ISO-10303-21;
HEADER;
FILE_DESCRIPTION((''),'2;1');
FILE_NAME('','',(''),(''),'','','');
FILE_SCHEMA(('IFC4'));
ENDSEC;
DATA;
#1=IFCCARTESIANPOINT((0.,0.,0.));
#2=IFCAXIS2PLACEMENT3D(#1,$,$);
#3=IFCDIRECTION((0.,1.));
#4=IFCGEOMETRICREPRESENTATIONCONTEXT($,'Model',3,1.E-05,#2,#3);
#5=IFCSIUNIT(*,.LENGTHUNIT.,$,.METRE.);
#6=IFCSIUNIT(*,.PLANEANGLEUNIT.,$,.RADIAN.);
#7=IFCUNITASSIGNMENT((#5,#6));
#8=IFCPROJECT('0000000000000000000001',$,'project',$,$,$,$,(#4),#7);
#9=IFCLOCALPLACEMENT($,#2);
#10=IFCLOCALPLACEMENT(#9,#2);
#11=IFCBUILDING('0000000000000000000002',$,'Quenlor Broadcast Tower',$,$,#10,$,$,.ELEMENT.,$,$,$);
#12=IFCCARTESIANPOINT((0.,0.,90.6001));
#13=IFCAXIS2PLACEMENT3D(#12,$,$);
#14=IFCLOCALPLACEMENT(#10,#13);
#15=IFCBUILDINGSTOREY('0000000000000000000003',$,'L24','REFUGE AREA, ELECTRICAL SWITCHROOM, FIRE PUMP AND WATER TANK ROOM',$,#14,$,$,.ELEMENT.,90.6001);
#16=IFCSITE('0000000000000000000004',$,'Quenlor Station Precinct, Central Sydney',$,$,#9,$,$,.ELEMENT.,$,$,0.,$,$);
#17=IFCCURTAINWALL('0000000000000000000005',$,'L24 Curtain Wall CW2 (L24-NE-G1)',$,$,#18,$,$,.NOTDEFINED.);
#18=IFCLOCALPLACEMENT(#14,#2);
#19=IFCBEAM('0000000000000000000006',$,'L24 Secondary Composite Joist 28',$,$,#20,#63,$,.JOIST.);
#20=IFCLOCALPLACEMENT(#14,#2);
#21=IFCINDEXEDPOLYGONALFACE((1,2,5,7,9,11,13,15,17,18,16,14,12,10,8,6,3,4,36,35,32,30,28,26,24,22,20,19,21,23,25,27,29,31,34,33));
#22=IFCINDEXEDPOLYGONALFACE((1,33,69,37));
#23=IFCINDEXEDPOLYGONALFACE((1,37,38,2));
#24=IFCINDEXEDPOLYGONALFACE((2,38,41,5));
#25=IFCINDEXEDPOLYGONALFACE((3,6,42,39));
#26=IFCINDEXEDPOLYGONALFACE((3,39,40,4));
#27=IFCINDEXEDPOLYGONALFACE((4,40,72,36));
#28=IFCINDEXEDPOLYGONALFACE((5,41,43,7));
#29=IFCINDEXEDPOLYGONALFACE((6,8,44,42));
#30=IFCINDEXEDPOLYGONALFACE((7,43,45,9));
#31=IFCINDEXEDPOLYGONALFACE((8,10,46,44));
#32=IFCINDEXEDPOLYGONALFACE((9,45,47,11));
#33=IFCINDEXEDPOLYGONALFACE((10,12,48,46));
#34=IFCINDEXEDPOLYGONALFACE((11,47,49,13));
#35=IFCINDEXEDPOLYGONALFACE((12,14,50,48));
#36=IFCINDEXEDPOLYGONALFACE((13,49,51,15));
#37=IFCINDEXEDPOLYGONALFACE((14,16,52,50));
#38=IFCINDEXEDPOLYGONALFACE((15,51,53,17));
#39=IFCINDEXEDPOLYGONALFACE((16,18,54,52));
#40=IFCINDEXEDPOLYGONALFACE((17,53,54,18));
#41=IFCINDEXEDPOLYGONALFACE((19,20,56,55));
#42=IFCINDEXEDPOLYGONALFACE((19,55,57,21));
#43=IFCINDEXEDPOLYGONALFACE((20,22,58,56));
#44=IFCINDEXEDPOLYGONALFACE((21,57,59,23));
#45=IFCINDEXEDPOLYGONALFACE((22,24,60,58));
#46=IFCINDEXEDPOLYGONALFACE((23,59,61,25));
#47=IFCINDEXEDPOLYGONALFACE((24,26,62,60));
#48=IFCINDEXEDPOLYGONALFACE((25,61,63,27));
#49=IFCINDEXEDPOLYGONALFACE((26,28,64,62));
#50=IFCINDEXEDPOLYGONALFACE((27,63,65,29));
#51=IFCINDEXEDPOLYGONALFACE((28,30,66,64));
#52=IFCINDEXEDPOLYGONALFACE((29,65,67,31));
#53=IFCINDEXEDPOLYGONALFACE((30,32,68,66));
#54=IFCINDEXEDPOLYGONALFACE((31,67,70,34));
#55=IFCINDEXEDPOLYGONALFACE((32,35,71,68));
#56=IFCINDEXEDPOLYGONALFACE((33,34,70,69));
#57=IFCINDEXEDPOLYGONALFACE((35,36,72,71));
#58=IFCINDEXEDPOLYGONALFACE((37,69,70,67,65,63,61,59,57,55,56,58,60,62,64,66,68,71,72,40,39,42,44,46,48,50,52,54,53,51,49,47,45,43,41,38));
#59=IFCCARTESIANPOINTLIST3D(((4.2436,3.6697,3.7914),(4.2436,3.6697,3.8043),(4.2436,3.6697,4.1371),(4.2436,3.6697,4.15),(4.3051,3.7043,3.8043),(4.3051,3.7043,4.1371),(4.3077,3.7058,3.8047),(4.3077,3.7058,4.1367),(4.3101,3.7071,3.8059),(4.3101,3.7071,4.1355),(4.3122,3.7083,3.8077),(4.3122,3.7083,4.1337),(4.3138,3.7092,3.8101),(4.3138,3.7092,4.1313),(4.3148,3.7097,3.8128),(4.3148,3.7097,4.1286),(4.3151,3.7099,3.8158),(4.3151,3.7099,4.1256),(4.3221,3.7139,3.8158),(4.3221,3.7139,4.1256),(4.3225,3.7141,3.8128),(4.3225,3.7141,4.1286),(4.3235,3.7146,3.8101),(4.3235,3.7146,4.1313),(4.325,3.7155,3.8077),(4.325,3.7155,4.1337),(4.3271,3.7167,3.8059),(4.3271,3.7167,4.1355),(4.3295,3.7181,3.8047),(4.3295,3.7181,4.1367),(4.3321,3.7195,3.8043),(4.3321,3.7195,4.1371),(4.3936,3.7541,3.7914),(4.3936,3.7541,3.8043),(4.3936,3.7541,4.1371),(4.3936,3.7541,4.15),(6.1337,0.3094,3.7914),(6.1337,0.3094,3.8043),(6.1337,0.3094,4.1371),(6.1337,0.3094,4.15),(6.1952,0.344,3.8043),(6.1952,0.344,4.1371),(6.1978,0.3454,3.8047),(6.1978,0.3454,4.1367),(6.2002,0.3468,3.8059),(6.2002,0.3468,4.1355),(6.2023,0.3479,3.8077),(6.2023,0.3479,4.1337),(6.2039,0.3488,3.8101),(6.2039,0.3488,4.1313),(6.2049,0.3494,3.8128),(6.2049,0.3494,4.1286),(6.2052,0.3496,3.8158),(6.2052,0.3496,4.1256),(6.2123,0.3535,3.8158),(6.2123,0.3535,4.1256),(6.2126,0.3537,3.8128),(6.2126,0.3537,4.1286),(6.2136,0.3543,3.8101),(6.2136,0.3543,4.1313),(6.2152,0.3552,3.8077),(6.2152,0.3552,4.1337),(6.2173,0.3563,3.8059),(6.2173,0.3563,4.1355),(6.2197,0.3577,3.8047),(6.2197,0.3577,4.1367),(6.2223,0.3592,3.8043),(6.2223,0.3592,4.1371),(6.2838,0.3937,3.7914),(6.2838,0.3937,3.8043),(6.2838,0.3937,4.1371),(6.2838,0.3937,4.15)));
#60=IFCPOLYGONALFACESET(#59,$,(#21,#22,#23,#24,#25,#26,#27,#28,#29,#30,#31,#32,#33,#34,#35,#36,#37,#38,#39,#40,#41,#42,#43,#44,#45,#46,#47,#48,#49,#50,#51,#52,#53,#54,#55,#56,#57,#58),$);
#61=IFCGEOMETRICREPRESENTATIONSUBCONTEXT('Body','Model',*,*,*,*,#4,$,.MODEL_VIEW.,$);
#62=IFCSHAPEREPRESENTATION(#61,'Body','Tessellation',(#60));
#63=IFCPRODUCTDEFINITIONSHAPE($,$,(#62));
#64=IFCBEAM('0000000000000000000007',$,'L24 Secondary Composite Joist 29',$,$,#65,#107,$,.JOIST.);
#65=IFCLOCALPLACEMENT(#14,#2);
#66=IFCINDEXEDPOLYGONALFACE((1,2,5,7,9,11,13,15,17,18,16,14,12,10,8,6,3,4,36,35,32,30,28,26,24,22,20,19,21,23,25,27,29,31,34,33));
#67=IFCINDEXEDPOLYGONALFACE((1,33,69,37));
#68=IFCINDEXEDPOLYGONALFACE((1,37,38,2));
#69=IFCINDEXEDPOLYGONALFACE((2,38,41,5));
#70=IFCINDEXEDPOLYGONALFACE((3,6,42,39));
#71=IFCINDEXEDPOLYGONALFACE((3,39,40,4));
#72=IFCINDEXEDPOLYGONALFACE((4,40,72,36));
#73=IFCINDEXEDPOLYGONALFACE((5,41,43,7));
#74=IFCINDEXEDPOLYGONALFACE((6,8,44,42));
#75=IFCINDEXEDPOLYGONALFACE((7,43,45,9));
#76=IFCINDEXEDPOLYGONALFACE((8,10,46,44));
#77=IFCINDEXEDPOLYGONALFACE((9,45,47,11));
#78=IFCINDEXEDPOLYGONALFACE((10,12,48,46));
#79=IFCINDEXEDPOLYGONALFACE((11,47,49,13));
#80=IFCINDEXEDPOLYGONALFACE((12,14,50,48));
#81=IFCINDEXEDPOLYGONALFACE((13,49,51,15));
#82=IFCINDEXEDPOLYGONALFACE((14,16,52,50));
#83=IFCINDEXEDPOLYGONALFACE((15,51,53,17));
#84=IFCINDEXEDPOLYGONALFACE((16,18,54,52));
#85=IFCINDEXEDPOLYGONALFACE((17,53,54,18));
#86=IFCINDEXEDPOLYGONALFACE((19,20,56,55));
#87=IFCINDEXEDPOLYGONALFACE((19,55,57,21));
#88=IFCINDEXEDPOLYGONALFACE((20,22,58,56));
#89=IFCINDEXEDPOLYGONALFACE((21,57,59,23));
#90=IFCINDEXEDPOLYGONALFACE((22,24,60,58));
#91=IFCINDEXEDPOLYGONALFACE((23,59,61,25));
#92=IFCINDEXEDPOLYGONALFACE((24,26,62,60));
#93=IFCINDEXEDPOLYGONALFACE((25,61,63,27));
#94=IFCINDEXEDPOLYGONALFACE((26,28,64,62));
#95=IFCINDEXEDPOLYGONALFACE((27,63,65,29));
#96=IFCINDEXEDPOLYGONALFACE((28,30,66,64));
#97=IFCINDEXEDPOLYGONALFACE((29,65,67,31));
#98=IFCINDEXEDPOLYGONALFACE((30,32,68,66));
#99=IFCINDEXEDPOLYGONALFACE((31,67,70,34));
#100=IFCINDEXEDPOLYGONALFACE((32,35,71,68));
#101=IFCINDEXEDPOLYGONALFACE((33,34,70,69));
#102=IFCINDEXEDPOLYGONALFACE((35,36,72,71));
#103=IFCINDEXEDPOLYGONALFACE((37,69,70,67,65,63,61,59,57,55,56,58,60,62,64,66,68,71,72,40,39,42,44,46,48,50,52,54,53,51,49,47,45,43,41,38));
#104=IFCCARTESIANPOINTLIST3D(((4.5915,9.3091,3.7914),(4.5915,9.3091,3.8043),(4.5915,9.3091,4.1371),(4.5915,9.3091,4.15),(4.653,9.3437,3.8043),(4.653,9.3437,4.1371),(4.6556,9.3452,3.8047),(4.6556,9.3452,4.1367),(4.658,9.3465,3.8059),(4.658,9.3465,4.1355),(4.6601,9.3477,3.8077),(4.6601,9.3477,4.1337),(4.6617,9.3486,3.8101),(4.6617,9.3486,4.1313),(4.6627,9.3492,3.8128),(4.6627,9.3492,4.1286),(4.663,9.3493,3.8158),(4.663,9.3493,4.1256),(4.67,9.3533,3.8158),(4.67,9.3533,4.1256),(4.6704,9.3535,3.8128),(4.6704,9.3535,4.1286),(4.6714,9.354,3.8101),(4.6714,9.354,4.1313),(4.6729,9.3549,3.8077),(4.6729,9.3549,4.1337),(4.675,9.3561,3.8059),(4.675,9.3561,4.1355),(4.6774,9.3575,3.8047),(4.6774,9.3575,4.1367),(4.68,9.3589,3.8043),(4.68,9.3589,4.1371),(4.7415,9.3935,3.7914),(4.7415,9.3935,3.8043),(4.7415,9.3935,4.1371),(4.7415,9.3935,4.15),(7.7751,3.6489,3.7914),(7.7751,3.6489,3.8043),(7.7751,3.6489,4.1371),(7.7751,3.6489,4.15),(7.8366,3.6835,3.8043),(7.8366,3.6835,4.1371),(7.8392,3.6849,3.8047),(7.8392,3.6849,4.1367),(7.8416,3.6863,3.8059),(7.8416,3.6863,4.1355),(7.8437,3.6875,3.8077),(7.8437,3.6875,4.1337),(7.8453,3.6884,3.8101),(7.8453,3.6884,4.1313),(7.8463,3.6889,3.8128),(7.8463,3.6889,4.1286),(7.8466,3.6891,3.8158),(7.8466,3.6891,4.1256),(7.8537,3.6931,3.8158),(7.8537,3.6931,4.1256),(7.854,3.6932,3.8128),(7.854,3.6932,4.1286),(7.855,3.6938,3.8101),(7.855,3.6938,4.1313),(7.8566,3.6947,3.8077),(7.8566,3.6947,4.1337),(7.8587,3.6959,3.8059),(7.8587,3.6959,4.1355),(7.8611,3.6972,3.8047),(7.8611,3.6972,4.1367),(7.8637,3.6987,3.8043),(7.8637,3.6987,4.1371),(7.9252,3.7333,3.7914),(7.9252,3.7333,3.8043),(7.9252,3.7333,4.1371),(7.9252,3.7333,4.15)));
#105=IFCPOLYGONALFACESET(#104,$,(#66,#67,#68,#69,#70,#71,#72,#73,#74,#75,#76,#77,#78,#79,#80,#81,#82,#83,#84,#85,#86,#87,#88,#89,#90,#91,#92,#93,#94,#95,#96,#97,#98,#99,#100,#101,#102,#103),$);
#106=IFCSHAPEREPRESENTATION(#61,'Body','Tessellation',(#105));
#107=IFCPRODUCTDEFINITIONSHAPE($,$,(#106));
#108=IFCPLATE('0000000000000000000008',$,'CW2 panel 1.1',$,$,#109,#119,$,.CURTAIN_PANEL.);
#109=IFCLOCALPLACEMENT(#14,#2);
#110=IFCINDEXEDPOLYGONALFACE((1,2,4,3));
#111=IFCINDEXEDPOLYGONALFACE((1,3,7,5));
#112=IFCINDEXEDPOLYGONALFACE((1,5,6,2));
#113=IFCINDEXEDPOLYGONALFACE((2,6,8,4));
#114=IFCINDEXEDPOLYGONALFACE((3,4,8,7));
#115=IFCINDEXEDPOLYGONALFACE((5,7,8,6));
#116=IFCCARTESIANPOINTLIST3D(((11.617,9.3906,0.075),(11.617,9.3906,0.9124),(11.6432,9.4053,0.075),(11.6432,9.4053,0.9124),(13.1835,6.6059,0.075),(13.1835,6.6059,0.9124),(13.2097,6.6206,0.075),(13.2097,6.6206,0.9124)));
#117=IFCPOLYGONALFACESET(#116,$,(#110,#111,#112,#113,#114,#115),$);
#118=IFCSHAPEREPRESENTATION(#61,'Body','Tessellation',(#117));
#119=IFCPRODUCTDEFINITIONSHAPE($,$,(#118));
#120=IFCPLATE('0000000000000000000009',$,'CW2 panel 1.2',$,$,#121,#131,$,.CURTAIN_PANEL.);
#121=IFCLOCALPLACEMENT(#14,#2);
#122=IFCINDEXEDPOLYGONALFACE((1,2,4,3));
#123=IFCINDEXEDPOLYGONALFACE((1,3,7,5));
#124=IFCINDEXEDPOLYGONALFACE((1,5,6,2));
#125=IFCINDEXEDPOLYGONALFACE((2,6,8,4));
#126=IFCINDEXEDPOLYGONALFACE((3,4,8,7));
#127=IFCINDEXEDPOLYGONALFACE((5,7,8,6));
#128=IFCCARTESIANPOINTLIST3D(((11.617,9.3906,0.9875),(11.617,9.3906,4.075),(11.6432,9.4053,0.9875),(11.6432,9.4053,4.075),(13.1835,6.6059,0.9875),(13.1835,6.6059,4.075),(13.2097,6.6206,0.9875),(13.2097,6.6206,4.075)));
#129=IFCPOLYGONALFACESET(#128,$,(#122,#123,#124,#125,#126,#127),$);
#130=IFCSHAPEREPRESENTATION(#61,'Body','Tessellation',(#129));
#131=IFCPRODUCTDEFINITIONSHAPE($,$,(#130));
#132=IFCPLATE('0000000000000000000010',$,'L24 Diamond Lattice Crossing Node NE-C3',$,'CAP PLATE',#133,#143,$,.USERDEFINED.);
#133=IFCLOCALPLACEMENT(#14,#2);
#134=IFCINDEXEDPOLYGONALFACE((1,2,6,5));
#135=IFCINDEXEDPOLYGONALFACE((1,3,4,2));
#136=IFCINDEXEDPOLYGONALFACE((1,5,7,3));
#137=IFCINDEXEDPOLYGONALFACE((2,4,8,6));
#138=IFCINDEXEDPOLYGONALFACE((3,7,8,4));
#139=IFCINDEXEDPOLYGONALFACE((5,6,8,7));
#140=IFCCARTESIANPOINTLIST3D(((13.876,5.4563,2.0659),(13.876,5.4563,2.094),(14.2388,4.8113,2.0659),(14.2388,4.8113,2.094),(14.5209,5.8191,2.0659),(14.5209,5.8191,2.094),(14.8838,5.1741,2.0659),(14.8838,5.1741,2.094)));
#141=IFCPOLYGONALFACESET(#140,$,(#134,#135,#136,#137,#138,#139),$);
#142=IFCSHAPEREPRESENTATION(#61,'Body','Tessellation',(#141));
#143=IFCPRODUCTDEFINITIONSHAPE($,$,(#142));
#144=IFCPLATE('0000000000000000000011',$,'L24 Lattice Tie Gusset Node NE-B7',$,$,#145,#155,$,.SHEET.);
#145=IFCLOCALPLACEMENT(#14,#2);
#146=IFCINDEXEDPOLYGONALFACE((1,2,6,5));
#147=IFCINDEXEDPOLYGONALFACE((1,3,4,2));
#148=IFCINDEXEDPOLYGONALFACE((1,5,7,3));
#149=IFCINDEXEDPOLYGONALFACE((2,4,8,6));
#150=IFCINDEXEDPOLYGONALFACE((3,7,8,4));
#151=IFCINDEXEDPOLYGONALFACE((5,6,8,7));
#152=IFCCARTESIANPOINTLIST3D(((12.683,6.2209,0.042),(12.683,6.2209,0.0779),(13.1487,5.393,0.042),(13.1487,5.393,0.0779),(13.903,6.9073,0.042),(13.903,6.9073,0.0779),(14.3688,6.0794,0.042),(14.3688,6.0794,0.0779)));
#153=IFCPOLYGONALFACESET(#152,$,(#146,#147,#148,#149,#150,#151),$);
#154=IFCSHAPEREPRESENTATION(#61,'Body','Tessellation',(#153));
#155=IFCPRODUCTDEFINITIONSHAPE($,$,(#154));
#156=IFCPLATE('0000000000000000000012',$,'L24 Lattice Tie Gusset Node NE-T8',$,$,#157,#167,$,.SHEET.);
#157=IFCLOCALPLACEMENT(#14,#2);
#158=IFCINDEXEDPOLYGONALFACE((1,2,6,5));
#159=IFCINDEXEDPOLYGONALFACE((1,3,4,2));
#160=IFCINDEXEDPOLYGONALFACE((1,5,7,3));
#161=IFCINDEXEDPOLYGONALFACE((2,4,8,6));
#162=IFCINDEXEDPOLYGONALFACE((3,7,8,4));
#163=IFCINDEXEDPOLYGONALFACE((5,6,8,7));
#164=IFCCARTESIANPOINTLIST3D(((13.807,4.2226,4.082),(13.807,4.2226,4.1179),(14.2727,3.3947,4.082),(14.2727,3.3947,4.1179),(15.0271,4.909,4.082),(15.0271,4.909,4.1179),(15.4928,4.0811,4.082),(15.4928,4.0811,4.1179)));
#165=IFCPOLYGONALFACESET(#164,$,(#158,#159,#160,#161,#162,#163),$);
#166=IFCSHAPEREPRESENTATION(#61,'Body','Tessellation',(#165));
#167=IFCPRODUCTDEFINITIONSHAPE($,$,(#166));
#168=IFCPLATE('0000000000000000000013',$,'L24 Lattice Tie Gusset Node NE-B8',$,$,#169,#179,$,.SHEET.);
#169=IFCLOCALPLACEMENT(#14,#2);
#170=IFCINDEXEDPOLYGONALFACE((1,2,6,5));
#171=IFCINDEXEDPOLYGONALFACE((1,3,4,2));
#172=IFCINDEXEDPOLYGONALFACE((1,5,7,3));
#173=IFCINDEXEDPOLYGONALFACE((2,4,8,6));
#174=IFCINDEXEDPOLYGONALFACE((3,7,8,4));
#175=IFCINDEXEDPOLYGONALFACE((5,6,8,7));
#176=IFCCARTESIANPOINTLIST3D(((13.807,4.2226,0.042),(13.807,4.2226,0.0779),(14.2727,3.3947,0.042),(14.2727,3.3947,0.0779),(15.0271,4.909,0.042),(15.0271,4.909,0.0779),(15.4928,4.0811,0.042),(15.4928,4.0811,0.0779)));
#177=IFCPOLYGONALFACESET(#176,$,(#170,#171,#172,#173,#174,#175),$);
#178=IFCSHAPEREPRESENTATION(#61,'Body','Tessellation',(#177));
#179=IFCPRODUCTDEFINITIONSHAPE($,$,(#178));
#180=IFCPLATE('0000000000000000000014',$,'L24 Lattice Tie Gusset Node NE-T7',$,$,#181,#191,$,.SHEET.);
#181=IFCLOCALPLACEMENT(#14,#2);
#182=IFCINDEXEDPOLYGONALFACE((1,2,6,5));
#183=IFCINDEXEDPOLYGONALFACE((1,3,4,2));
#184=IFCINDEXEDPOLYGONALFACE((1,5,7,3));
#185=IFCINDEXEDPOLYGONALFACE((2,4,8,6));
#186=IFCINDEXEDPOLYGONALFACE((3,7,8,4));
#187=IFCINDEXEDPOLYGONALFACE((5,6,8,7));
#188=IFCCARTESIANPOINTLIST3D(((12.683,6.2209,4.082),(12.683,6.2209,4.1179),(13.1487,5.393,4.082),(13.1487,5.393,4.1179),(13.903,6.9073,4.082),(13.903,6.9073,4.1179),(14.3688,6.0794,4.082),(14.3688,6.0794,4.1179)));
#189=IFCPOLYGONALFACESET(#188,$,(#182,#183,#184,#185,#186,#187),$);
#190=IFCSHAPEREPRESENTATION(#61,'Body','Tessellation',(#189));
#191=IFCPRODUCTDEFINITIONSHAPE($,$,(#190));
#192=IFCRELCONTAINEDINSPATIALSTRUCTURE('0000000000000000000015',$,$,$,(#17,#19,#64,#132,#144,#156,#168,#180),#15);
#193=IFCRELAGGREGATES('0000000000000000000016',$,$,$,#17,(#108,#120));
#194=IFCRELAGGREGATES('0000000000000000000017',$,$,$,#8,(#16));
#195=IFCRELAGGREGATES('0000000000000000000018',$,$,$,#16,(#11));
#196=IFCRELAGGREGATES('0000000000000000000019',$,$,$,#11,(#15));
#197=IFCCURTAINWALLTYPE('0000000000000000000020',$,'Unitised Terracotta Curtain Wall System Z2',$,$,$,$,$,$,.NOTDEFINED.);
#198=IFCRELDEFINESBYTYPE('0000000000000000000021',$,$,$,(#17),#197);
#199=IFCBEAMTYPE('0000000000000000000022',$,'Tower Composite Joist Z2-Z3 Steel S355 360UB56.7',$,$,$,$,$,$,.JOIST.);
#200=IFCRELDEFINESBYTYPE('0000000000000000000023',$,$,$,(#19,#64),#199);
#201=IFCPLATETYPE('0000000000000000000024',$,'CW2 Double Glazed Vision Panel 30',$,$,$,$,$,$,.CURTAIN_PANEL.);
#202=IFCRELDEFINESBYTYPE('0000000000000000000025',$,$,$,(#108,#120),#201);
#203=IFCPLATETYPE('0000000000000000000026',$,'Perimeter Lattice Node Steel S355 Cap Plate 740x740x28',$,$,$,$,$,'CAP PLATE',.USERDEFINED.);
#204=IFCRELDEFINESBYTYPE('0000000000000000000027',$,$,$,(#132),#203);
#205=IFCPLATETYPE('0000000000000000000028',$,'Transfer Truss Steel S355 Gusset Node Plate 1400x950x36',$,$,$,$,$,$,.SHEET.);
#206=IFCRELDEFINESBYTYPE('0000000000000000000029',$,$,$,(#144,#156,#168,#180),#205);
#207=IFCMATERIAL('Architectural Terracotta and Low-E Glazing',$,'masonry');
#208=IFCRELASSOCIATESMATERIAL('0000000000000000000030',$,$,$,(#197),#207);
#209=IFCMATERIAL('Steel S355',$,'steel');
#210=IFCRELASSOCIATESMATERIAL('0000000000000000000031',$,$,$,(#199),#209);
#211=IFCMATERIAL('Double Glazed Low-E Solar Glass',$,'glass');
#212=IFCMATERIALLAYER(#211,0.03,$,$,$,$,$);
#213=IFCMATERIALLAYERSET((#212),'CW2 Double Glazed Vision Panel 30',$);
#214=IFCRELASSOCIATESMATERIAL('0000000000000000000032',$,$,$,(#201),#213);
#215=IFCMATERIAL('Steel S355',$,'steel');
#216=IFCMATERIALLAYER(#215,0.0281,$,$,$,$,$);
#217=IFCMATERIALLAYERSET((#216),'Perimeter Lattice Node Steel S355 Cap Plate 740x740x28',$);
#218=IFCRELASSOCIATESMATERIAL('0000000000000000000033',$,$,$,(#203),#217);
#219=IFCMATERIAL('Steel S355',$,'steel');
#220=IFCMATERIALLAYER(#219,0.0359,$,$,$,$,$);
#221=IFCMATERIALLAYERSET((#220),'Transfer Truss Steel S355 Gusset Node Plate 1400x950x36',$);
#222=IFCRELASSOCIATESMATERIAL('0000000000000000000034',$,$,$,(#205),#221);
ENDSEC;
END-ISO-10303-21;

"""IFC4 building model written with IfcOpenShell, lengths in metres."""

from ifc_helpers import new_model, si_unit, direction, frame, origin, origin_2d, place, context, subcontext, project, spatial, rectangle, i_section, extrude, material, layer, layer_set, material_profile, profile_set, type_object, element, aggregate, save


model = new_model("IFC4")

# Units and contexts
model_context = context("Model", 3, precision=1e-05, world=origin(), true_north=direction((0.0, 1.0)))
body_context = subcontext(model_context, "Body", "Model", "MODEL_VIEW")
ifc_project = project(units=[si_unit("LENGTHUNIT", "METRE"), si_unit("PLANEANGLEUNIT", "RADIAN")], contexts=[model_context])

# Site, building, storey
site_placement = place(None, origin())
site = spatial("IfcSite", under=ifc_project, at=site_placement, Name="Quenlor Station Precinct, Central Sydney", CompositionType="ELEMENT", RefElevation=0.0)
building_placement = place(site_placement, origin())
building = spatial("IfcBuilding", under=site, at=building_placement, Name="Quenlor Broadcast Tower", CompositionType="ELEMENT")
storey_placement = place(building_placement, frame((0.0, 0.0, 90.6001)))
storey = spatial("IfcBuildingStorey", under=building, at=storey_placement, Name="L24", Description="REFUGE AREA, ELECTRICAL SWITCHROOM, FIRE PUMP AND WATER TANK ROOM", CompositionType="ELEMENT", Elevation=90.6001)

# Curtain wall
ifc_material_1 = material(Name="Architectural Terracotta and Low-E Glazing", Category="masonry")
curtain_wall_type = type_object("IfcCurtainWallType", Name="Unitised Terracotta Curtain Wall System Z2", PredefinedType="NOTDEFINED", material=ifc_material_1)
curtain_wall_placement = place(storey_placement, origin())
curtain_wall = element("IfcCurtainWall", 1, at=curtain_wall_placement, inside=storey, type_object=curtain_wall_type, Name="L24 Curtain Wall CW2 (L24-NE-G1)", PredefinedType="NOTDEFINED")

# Beams
ifc_material_2 = material(Name="Steel S355", Category="steel")
ifc_material_profile_1 = material_profile(ifc_material_2, i_section(OverallWidth=0.1721, OverallDepth=0.3586, WebThickness=0.0081, FlangeThickness=0.0129, FilletRadius=0.0115, at=origin_2d()))
ifc_profile_set_1 = profile_set([ifc_material_profile_1], Name="Steel S355 360UB56.7")
beam_type_1 = type_object("IfcBeamType", Name="Tower Composite Joist Z2-Z3 Steel S355 360UB56.7", PredefinedType="JOIST", material=ifc_profile_set_1)
beam_1_placement = place(storey_placement, frame((4.3186, 3.7119, 3.9707), z_axis=(0.490249, -0.871582, 0.0), x_axis=(0.871582, 0.490249, 0.0)))
element("IfcBeam", 2, at=beam_1_placement, inside=storey, type_object=beam_type_1, Name="L24 Secondary Composite Joist 28", PredefinedType="JOIST", context=body_context, shape_type="SweptSolid", body=[
    extrude(i_section(OverallWidth=0.1721, OverallDepth=0.3586, WebThickness=0.0081, FlangeThickness=0.0129, FilletRadius=0.0115, at=origin_2d()), origin(), (0.0, 0.0, 1.0), 3.8555),
])
beam_2_placement = place(storey_placement, frame((4.6665, 9.3513, 3.9707), z_axis=(0.490233, -0.871592, 0.0), x_axis=(0.871592, 0.490233, 0.0)))
element("IfcBeam", 3, at=beam_2_placement, inside=storey, type_object=beam_type_1, Name="L24 Secondary Composite Joist 29", PredefinedType="JOIST", context=body_context, shape_type="SweptSolid", body=[
    extrude(i_section(OverallWidth=0.1721, OverallDepth=0.3586, WebThickness=0.0081, FlangeThickness=0.0129, FilletRadius=0.0115, at=origin_2d()), origin(), (0.0, 0.0, 1.0), 6.4941),
])

# Plates
ifc_material_3 = material(Name="Double Glazed Low-E Solar Glass", Category="glass")
ifc_layer_1 = layer(ifc_material_3, 0.03)
ifc_layer_set_1 = layer_set([ifc_layer_1], Name="CW2 Double Glazed Vision Panel 30")
plate_type_1 = type_object("IfcPlateType", Name="CW2 Double Glazed Vision Panel 30", PredefinedType="CURTAIN_PANEL", material=ifc_layer_set_1)
plate_1_placement = place(storey_placement, frame((12.4133, 8.0056, 0.075), z_axis=(0.0, 0.0, 1.0), x_axis=(0.490281, -0.871564, 0.0)))
plate_1 = element("IfcPlate", 4, at=plate_1_placement, type_object=plate_type_1, Name="CW2 panel 1.1", PredefinedType="CURTAIN_PANEL", context=body_context, shape_type="SweptSolid", body=[
    extrude(rectangle(XDim=3.1951, YDim=0.03, at=origin_2d()), origin(), (0.0, 0.0, 1.0), 0.8374),
])
plate_2_placement = place(storey_placement, frame((12.4133, 8.0056, 0.9875), z_axis=(0.0, 0.0, 1.0), x_axis=(0.490281, -0.871564, 0.0)))
plate_2 = element("IfcPlate", 5, at=plate_2_placement, type_object=plate_type_1, Name="CW2 panel 1.2", PredefinedType="CURTAIN_PANEL", context=body_context, shape_type="SweptSolid", body=[
    extrude(rectangle(XDim=3.1951, YDim=0.03, at=origin_2d()), origin(), (0.0, 0.0, 1.0), 3.0874),
])
aggregate(curtain_wall, [plate_1, plate_2])

# Plates
ifc_material_4 = material(Name="Steel S355", Category="steel")
ifc_layer_2 = layer(ifc_material_4, 0.0281)
ifc_layer_set_2 = layer_set([ifc_layer_2], Name="Perimeter Lattice Node Steel S355 Cap Plate 740x740x28")
plate_type_2 = type_object("IfcPlateType", Name="Perimeter Lattice Node Steel S355 Cap Plate 740x740x28", ElementType="CAP PLATE", PredefinedType="USERDEFINED", material=ifc_layer_set_2)
plate_3_placement = place(storey_placement, frame((14.3799, 5.3152, 2.0659), z_axis=(0.0, 0.0, 1.0), x_axis=(0.490295, -0.871556, 0.0)))
element("IfcPlate", 6, at=plate_3_placement, inside=storey, type_object=plate_type_2, Name="L24 Diamond Lattice Crossing Node NE-C3", ObjectType="CAP PLATE", PredefinedType="USERDEFINED", context=body_context, shape_type="SweptSolid", body=[
    extrude(rectangle(XDim=0.74, YDim=0.74, at=origin_2d()), origin(), (0.0, 0.0, 1.0), 0.0281),
])
ifc_material_5 = material(Name="Steel S355", Category="steel")
ifc_layer_3 = layer(ifc_material_5, 0.0359)
ifc_layer_set_3 = layer_set([ifc_layer_3], Name="Transfer Truss Steel S355 Gusset Node Plate 1400x950x36")
plate_type_3 = type_object("IfcPlateType", Name="Transfer Truss Steel S355 Gusset Node Plate 1400x950x36", PredefinedType="SHEET", material=ifc_layer_set_3)
for number, where, z_axis, x_axis, name in (
    (7, (13.5259, 6.1501, 0.042), (0.0, 0.0, 1.0), (0.871556, 0.490295, 0.0), "L24 Lattice Tie Gusset Node NE-B7"),
    (8, (14.6499, 4.1519, 4.082), (0.0, 0.0, 1.0), (0.871556, 0.490295, 0.0), "L24 Lattice Tie Gusset Node NE-T8"),
    (9, (14.6499, 4.1519, 0.042), (0.0, 0.0, 1.0), (0.871556, 0.490295, 0.0), "L24 Lattice Tie Gusset Node NE-B8"),
    (10, (13.5259, 6.1501, 4.082), (0.0, 0.0, 1.0), (0.871556, 0.490295, 0.0), "L24 Lattice Tie Gusset Node NE-T7"),
):
    element("IfcPlate", number, at=place(storey_placement, frame(where, z_axis=z_axis, x_axis=x_axis)), inside=storey, type_object=plate_type_3, Name=name, PredefinedType="SHEET", context=body_context, shape_type="SweptSolid", body=[
        extrude(rectangle(XDim=1.3999, YDim=0.95, at=origin_2d()), origin(), (0.0, 0.0, 1.0), 0.0359),
    ])

save(model, "model.ifc")
